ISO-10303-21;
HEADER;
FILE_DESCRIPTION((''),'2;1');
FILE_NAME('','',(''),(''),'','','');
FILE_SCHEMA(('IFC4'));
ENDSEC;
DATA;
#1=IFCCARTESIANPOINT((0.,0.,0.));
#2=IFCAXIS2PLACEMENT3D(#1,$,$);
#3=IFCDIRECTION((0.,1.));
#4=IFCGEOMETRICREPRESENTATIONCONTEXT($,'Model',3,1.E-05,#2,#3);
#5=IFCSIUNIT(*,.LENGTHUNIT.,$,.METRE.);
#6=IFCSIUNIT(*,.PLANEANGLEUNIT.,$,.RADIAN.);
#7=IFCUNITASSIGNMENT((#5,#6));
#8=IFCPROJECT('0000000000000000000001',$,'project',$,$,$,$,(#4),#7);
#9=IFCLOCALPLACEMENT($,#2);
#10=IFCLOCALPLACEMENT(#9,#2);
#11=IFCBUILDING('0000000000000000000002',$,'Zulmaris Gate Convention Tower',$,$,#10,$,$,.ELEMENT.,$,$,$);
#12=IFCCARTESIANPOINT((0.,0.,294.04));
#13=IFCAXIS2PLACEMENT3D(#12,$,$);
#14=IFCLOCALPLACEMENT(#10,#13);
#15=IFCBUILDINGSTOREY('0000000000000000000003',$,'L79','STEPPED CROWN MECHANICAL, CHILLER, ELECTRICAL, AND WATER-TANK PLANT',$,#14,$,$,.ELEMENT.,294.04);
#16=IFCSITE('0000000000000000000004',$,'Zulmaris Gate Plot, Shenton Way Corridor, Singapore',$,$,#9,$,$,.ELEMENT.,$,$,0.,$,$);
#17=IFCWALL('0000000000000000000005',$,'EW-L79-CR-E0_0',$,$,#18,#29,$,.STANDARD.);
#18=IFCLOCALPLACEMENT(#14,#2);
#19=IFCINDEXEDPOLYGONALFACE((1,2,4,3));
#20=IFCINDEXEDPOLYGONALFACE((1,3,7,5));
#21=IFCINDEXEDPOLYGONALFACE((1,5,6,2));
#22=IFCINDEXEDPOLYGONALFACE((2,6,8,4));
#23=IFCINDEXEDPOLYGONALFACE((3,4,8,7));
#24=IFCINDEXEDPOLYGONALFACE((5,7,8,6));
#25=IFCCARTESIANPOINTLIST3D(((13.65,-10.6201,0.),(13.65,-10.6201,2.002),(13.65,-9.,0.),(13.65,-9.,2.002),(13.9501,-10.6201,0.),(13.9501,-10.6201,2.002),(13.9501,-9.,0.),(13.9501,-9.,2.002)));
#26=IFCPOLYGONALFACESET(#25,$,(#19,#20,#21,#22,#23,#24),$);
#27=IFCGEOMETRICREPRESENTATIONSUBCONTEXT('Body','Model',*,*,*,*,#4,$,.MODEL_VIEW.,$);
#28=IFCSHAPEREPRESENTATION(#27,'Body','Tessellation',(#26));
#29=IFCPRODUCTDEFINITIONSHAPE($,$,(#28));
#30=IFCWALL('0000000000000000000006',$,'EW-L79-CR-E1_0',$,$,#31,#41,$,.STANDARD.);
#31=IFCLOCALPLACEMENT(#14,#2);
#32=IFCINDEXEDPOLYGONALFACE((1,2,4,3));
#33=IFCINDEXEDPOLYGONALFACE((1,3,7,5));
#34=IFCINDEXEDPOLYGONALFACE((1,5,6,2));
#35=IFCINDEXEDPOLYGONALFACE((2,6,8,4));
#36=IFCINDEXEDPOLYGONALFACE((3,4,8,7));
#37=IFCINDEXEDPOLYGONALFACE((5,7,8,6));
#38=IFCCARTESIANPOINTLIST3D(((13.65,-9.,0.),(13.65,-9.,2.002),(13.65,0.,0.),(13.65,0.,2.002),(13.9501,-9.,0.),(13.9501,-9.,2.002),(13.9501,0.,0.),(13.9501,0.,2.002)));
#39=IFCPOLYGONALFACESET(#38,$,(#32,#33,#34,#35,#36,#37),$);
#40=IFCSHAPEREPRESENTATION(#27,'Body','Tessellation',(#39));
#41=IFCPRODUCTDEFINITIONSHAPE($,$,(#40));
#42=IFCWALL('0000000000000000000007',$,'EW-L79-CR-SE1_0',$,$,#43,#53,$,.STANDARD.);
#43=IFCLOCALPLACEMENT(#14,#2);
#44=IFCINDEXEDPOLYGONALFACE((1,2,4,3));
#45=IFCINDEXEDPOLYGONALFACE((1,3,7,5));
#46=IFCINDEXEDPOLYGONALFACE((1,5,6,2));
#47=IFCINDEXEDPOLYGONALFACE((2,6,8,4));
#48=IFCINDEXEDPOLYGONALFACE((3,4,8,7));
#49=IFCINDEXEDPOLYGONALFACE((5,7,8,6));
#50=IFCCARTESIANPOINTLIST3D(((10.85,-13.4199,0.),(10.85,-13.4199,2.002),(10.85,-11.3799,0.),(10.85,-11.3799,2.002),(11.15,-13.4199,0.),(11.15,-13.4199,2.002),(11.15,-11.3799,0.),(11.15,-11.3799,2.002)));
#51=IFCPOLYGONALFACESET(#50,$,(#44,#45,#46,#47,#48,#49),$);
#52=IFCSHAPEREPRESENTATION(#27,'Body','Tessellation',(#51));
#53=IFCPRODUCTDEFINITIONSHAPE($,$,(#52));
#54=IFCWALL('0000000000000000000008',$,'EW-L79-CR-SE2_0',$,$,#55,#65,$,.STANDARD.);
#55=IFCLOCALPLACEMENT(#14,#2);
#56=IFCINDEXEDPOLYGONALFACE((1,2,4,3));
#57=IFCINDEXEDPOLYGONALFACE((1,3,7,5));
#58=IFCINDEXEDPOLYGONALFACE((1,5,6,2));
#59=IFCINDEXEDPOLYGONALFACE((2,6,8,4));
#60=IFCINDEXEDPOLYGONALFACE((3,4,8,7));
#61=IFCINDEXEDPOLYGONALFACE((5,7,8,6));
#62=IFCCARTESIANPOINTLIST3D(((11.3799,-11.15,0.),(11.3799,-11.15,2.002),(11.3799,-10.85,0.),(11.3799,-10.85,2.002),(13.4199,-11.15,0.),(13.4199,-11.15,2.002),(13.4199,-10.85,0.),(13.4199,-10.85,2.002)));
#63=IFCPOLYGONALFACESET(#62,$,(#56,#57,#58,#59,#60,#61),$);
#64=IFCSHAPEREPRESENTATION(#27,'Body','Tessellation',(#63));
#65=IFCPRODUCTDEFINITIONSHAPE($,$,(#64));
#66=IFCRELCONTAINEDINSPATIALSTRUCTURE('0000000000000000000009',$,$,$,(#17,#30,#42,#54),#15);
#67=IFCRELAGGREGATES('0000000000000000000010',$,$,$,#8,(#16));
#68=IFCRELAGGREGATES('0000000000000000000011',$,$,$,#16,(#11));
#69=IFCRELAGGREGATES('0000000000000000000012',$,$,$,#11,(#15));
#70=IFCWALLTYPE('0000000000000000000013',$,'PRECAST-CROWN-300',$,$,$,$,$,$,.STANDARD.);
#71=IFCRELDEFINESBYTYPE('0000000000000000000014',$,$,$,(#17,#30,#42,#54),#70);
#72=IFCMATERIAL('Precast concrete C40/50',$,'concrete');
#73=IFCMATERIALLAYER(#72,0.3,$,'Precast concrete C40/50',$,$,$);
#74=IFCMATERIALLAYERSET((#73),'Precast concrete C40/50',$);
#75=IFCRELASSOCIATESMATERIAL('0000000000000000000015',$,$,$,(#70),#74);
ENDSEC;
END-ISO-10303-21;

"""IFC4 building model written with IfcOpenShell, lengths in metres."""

from ifc_helpers import new_model, si_unit, direction, frame, frame_2d, origin, place, context, subcontext, project, spatial, rectangle, extrude, material, layer, layer_set, type_object, element, save


model = new_model("IFC4")

# Units and contexts
model_context = context("Model", 3, precision=1e-05, world=origin(), true_north=direction((0.0, 1.0)))
body_context = subcontext(model_context, "Body", "Model", "MODEL_VIEW")
ifc_project = project(units=[si_unit("LENGTHUNIT", "METRE"), si_unit("PLANEANGLEUNIT", "RADIAN")], contexts=[model_context])

# Site, building, storey
site_placement = place(None, origin())
site = spatial("IfcSite", under=ifc_project, at=site_placement, Name="Zulmaris Gate Plot, Shenton Way Corridor, Singapore", CompositionType="ELEMENT", RefElevation=0.0)
building_placement = place(site_placement, origin())
building = spatial("IfcBuilding", under=site, at=building_placement, Name="Zulmaris Gate Convention Tower", CompositionType="ELEMENT")
storey_placement = place(building_placement, frame((0.0, 0.0, 294.04)))
storey = spatial("IfcBuildingStorey", under=building, at=storey_placement, Name="L79", Description="STEPPED CROWN MECHANICAL, CHILLER, ELECTRICAL, AND WATER-TANK PLANT", CompositionType="ELEMENT", Elevation=294.04)

# Walls
ifc_material_1 = material(Name="Precast concrete C40/50", Category="concrete")
ifc_layer_1 = layer(ifc_material_1, 0.3, Name="Precast concrete C40/50")
ifc_layer_set_1 = layer_set([ifc_layer_1], Name="Precast concrete C40/50")
wall_type_1 = type_object("IfcWallType", Name="PRECAST-CROWN-300", PredefinedType="STANDARD", material=ifc_layer_set_1)
wall_1_placement = place(storey_placement, frame((13.8, -10.6201, 0.0), z_axis=(0.0, 0.0, 1.0), x_axis=(0.0, 1.0, 0.0)))
element("IfcWall", 1, at=wall_1_placement, inside=storey, type_object=wall_type_1, Name="EW-L79-CR-E0_0", PredefinedType="STANDARD", context=body_context, shape_type="SweptSolid", body=[
    extrude(rectangle(XDim=1.6201, YDim=0.3, at=frame_2d((0.8101, 0.0))), origin(), (0.0, 0.0, 1.0), 2.002),
])
wall_2_placement = place(storey_placement, frame((13.8, -9.0, 0.0), z_axis=(0.0, 0.0, 1.0), x_axis=(0.0, 1.0, 0.0)))
element("IfcWall", 2, at=wall_2_placement, inside=storey, type_object=wall_type_1, Name="EW-L79-CR-E1_0", PredefinedType="STANDARD", context=body_context, shape_type="SweptSolid", body=[
    extrude(rectangle(XDim=9.0, YDim=0.3, at=frame_2d((4.5, 0.0))), origin(), (0.0, 0.0, 1.0), 2.002),
])
for number, where, z_axis, x_axis, name in (
    (3, (11.0, -13.4199, 0.0), (0.0, 0.0, 1.0), (0.0, 1.0, 0.0), "EW-L79-CR-SE1_0"),
    (4, (11.3799, -11.0, 0.0), (0.0, 0.0, 1.0), (1.0, 0.0, 0.0), "EW-L79-CR-SE2_0"),
):
    element("IfcWall", number, at=place(storey_placement, frame(where, z_axis=z_axis, x_axis=x_axis)), inside=storey, type_object=wall_type_1, Name=name, PredefinedType="STANDARD", context=body_context, shape_type="SweptSolid", body=[
        extrude(rectangle(XDim=2.04, YDim=0.3, at=frame_2d((1.02, 0.0))), origin(), (0.0, 0.0, 1.0), 2.002),
    ])

save(model, "model.ifc")
